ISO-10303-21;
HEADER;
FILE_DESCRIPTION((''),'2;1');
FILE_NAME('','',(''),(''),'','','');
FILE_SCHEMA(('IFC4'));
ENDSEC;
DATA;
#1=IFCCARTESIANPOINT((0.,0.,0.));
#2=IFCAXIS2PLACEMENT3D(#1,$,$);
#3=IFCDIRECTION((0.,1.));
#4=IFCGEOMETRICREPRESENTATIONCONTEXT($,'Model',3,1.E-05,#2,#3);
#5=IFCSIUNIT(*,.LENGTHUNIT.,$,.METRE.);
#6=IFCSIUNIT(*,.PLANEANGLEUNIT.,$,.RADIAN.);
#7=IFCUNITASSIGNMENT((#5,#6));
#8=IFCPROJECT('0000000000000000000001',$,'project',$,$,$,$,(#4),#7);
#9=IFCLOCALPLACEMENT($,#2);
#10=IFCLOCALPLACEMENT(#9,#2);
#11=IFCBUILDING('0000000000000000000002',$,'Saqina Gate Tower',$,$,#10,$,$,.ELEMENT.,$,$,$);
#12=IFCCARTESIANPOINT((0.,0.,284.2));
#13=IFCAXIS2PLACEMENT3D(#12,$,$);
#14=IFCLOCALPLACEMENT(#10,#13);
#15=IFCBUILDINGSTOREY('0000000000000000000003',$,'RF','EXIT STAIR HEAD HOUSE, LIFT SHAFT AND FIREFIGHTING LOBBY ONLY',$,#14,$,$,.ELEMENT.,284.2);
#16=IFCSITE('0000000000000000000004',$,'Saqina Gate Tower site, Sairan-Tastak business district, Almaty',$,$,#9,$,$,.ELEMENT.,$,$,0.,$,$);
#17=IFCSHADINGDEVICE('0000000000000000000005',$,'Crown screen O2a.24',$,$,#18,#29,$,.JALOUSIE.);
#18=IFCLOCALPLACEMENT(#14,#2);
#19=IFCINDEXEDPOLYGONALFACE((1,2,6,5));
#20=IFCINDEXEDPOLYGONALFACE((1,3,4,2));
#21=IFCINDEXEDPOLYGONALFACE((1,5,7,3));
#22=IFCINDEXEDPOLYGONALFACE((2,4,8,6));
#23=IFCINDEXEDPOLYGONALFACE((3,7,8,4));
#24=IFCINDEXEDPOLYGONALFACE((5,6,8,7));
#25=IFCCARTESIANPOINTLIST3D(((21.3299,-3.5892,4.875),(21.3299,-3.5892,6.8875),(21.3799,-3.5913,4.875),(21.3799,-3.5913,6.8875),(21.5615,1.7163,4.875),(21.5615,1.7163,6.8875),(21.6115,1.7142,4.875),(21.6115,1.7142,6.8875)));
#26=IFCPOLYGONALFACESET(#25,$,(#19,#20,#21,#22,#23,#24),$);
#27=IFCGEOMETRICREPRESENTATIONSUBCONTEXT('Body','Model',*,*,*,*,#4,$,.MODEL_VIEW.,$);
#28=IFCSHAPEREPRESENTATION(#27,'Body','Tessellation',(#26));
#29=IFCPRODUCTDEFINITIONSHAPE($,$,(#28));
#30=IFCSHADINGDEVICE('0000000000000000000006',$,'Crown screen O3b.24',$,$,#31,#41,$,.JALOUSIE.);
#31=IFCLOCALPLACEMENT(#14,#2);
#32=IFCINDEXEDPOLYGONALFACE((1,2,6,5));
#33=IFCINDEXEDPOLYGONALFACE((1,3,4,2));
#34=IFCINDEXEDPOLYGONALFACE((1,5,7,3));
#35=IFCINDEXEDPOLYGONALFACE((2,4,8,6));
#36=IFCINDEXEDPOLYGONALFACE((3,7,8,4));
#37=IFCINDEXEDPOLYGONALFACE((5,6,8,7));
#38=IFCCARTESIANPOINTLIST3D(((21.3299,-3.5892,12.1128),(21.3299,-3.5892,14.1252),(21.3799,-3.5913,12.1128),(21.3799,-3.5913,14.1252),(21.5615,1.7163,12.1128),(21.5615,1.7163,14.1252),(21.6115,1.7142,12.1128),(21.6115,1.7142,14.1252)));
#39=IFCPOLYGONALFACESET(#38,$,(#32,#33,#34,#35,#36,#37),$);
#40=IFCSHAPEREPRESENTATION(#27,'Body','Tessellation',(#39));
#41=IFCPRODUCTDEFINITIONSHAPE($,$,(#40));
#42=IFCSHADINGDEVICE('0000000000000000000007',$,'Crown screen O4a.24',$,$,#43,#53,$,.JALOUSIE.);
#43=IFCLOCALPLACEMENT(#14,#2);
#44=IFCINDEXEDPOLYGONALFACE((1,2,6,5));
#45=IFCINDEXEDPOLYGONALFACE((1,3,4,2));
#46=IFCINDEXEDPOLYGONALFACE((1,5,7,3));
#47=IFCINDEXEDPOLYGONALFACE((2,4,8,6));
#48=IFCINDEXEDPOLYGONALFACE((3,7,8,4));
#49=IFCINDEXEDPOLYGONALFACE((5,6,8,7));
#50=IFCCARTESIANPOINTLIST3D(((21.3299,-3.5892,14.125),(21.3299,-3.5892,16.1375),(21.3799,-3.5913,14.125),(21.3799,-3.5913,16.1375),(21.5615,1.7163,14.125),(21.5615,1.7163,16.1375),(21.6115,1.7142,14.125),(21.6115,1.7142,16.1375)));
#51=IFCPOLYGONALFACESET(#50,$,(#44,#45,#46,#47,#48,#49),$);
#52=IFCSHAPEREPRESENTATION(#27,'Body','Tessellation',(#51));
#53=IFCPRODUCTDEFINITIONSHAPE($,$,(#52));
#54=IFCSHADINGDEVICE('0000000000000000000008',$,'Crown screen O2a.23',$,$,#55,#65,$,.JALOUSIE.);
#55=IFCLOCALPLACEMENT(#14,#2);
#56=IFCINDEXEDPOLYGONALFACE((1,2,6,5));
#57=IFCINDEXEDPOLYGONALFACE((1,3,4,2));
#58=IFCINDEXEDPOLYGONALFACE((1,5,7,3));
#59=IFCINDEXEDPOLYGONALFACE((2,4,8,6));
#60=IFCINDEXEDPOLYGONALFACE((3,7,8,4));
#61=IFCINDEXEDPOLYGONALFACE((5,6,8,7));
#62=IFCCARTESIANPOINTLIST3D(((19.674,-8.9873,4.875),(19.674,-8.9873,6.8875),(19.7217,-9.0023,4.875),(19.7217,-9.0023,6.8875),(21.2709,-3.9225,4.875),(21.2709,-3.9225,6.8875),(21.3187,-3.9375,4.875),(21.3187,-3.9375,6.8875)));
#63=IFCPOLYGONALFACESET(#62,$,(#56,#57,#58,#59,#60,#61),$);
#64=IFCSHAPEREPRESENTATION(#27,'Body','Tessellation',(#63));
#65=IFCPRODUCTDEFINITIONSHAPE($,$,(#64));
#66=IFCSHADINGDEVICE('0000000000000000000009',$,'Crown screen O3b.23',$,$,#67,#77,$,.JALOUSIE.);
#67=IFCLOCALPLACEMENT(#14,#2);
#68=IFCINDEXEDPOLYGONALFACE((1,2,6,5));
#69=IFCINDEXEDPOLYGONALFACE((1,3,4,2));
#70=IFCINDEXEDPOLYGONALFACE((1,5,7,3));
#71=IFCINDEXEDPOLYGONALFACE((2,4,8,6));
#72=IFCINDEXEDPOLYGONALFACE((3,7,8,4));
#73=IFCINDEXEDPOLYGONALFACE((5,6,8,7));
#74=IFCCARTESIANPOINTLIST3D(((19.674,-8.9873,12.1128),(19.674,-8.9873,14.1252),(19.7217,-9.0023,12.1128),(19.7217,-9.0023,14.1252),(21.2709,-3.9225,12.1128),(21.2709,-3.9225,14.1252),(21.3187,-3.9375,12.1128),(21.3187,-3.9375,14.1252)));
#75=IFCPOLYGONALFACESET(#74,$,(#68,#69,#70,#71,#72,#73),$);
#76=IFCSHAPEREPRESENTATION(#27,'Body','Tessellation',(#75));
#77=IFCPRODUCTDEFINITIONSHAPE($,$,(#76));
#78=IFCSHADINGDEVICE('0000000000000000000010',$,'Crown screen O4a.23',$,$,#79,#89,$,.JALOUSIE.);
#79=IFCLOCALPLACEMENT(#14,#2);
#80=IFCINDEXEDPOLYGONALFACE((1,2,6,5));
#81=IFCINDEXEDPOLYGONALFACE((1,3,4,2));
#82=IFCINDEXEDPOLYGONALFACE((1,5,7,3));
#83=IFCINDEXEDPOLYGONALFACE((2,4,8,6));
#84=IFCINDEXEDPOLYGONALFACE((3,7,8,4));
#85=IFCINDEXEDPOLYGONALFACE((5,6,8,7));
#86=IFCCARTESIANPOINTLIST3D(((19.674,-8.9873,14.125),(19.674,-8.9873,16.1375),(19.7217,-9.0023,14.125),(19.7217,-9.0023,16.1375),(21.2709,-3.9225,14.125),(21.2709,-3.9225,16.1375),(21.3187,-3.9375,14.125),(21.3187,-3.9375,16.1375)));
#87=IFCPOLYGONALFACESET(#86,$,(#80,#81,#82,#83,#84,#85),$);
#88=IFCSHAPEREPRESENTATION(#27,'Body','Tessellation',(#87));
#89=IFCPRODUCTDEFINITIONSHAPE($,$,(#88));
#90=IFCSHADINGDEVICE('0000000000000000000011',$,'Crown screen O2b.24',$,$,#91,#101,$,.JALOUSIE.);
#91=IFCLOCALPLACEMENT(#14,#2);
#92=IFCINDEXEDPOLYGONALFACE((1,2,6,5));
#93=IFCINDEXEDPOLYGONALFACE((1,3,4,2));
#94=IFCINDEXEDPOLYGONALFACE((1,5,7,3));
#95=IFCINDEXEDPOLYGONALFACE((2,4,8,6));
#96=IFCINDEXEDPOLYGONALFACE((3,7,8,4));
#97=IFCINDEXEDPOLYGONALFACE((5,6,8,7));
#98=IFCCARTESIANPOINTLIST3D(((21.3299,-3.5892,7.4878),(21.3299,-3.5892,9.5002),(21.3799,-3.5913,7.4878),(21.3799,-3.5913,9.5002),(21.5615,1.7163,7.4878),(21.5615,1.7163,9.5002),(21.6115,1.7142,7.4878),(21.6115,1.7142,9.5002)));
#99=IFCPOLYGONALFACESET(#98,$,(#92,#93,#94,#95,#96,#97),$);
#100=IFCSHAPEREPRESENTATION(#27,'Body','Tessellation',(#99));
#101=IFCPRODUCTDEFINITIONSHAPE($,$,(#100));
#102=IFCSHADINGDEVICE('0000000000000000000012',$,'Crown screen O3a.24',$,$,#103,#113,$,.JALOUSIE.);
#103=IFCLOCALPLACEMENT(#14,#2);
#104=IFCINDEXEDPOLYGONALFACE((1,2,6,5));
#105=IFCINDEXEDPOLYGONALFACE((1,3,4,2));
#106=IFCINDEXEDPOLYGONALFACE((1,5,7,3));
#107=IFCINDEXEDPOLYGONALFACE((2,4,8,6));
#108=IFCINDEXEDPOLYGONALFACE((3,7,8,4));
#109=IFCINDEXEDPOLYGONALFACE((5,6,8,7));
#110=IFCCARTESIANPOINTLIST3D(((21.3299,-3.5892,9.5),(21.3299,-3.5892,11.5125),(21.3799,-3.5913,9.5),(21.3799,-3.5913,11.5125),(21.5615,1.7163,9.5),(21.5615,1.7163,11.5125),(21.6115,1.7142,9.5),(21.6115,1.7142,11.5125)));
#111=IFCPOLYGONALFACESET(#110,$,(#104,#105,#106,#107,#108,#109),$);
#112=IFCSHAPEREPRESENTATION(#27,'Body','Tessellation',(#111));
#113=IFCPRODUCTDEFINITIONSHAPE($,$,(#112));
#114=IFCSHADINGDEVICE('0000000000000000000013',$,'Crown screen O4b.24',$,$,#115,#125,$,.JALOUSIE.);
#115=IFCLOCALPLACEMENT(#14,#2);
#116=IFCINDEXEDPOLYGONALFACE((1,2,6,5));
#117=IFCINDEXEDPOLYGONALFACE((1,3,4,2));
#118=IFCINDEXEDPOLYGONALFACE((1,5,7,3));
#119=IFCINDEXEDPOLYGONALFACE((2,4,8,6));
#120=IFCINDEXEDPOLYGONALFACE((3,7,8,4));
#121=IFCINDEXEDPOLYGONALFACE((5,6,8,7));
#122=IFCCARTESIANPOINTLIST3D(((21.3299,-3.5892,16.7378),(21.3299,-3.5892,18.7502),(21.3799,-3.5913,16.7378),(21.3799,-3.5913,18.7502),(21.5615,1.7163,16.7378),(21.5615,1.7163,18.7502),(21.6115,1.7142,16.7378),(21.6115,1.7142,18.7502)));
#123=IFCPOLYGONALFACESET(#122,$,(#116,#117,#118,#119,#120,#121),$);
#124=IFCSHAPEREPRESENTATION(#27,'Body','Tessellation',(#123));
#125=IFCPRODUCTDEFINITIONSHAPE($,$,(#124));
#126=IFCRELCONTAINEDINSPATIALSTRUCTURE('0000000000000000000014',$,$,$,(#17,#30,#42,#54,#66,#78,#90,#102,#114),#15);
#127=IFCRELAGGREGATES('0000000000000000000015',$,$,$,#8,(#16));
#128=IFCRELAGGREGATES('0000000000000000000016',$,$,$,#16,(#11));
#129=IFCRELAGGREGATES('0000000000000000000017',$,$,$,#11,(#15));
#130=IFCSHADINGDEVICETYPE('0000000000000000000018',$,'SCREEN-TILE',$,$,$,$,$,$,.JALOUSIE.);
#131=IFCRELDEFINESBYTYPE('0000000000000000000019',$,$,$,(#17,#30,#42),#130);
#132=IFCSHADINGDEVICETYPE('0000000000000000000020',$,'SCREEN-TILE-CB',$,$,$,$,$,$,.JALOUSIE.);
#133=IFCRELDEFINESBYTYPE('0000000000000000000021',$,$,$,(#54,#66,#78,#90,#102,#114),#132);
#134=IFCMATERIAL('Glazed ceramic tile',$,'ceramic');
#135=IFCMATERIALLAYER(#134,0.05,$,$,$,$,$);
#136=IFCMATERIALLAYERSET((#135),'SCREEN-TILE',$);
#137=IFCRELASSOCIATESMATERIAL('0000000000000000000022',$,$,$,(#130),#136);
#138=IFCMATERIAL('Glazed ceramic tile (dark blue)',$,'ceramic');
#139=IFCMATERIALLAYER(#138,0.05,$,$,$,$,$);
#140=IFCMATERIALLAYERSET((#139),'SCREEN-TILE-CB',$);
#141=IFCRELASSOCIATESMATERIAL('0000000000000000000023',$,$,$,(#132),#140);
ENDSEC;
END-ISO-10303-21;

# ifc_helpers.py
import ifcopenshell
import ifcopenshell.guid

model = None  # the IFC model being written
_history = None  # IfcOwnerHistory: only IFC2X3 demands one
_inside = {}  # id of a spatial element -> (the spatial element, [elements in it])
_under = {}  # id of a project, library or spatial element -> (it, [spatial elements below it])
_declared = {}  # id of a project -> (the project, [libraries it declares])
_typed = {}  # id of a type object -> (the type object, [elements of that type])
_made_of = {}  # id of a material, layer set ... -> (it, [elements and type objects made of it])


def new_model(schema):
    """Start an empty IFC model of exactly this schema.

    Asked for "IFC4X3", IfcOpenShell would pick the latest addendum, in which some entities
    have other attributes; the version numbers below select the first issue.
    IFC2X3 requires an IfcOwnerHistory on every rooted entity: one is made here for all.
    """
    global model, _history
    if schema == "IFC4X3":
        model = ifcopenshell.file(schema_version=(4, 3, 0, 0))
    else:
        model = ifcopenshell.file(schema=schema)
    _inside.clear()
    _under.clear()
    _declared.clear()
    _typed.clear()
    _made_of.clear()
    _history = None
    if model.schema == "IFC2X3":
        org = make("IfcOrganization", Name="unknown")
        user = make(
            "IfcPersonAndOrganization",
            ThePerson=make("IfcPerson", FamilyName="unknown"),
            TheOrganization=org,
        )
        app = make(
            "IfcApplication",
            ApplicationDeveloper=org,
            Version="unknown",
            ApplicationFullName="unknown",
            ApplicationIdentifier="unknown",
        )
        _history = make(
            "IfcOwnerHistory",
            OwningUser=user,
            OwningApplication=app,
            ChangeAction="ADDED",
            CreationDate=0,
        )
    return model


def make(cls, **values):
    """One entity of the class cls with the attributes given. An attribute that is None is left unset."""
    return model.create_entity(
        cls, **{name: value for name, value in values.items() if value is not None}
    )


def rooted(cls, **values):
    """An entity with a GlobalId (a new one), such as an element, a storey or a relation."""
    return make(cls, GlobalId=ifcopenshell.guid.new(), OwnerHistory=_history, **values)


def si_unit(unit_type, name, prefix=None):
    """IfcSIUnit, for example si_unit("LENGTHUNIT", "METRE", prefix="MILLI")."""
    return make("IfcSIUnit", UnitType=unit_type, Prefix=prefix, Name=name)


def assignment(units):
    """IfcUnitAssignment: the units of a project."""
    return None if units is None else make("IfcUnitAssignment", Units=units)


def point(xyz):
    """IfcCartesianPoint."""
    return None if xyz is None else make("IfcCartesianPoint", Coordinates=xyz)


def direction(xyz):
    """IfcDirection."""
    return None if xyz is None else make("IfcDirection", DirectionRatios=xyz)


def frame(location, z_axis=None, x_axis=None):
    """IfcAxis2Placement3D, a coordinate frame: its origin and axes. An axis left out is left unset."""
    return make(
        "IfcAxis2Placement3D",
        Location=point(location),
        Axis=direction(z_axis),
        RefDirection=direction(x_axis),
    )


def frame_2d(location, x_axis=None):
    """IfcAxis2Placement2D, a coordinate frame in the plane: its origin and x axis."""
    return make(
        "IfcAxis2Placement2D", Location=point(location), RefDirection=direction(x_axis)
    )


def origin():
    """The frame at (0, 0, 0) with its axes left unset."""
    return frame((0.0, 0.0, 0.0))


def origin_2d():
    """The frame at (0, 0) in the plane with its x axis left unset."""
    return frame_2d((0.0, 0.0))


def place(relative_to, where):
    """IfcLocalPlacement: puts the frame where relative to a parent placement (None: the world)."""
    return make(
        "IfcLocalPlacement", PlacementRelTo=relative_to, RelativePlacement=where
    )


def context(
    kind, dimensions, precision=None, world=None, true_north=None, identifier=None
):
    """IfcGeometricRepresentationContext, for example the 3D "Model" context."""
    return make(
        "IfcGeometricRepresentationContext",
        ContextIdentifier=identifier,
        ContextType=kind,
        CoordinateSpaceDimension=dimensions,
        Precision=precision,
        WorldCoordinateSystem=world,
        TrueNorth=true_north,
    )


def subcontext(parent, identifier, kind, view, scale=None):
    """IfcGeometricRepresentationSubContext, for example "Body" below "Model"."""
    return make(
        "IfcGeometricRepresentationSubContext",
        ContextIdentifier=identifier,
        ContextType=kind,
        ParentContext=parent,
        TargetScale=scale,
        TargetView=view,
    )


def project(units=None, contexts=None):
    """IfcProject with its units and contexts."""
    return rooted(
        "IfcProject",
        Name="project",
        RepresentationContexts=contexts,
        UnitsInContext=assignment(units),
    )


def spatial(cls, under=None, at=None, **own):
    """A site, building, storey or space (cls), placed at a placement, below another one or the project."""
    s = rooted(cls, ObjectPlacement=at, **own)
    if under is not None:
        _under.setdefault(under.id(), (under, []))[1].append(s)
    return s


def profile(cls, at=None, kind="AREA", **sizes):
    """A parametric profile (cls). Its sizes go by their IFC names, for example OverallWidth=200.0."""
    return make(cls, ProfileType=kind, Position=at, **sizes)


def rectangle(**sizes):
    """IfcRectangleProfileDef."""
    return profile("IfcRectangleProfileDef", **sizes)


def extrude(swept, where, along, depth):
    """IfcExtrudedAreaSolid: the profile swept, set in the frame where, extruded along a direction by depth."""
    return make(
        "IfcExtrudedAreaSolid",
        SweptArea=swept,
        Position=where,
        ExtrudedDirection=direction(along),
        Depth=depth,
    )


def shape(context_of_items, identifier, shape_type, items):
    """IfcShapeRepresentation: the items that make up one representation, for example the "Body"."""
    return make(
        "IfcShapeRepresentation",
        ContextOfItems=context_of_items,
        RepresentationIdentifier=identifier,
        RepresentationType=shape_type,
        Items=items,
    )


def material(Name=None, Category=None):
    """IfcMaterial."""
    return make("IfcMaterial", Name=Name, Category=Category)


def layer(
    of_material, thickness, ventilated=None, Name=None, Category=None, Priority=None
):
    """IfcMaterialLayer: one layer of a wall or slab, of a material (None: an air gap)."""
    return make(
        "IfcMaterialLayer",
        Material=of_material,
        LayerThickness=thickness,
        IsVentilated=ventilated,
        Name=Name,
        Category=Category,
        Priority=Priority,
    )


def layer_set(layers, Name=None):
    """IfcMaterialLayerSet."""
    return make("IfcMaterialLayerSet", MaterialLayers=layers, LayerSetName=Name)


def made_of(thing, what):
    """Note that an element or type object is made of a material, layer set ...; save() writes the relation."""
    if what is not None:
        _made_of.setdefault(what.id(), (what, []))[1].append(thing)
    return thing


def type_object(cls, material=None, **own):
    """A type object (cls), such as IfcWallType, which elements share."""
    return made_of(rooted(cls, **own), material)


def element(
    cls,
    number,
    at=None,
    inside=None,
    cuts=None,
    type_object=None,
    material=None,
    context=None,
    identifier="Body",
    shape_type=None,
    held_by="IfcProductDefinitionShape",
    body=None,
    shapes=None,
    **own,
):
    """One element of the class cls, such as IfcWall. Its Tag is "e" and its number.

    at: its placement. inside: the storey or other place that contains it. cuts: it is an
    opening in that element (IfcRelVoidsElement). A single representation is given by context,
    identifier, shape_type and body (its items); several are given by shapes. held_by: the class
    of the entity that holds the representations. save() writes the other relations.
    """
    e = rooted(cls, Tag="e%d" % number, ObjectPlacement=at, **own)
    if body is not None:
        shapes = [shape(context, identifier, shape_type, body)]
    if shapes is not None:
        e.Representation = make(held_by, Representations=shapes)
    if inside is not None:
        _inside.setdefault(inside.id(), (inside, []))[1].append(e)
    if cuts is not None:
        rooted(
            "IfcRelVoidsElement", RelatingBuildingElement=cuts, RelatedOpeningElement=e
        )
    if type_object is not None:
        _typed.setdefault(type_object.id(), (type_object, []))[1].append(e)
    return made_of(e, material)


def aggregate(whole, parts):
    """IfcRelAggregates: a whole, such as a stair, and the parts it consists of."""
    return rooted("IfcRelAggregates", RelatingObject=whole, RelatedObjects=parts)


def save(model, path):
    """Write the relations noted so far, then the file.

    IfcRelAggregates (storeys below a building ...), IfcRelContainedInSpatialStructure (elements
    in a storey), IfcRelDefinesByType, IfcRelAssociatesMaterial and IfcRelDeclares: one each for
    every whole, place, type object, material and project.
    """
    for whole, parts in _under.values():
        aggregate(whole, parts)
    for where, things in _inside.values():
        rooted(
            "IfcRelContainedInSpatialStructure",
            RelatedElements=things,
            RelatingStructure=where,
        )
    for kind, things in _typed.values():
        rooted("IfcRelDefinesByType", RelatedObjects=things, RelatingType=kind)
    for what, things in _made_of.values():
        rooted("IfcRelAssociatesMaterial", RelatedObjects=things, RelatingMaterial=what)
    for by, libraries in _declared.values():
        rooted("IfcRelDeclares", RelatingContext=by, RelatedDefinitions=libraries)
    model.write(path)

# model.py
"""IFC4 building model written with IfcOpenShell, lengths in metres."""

from ifc_helpers import new_model, si_unit, direction, frame, origin, origin_2d, place, context, subcontext, project, spatial, rectangle, extrude, material, layer, layer_set, type_object, element, save


model = new_model("IFC4")

# Units and contexts
model_context = context("Model", 3, precision=1e-05, world=origin(), true_north=direction((0.0, 1.0)))
body_context = subcontext(model_context, "Body", "Model", "MODEL_VIEW")
ifc_project = project(units=[si_unit("LENGTHUNIT", "METRE"), si_unit("PLANEANGLEUNIT", "RADIAN")], contexts=[model_context])

# Site, building, storey
site_placement = place(None, origin())
site = spatial("IfcSite", under=ifc_project, at=site_placement, Name="Saqina Gate Tower site, Sairan-Tastak business district, Almaty", CompositionType="ELEMENT", RefElevation=0.0)
building_placement = place(site_placement, origin())
building = spatial("IfcBuilding", under=site, at=building_placement, Name="Saqina Gate Tower", CompositionType="ELEMENT")
storey_placement = place(building_placement, frame((0.0, 0.0, 284.2)))
storey = spatial("IfcBuildingStorey", under=building, at=storey_placement, Name="RF", Description="EXIT STAIR HEAD HOUSE, LIFT SHAFT AND FIREFIGHTING LOBBY ONLY", CompositionType="ELEMENT", Elevation=284.2)

# Shading devices
ifc_material_1 = material(Name="Glazed ceramic tile", Category="ceramic")
ifc_layer_1 = layer(ifc_material_1, 0.05)
ifc_layer_set_1 = layer_set([ifc_layer_1], Name="SCREEN-TILE")
shading_device_type_1 = type_object("IfcShadingDeviceType", Name="SCREEN-TILE", PredefinedType="JALOUSIE", material=ifc_layer_set_1)
for number, where, z_axis, x_axis, name in (
    (1, (21.4707, -0.9375, 4.875), (0.0, 0.0, 1.0), (0.043619, 0.999048, 0.0), "Crown screen O2a.24"),
    (2, (21.4707, -0.9375, 12.1128), (0.0, 0.0, 1.0), (0.043619, 0.999048, 0.0), "Crown screen O3b.24"),
    (3, (21.4707, -0.9375, 14.125), (0.0, 0.0, 1.0), (0.043619, 0.999048, 0.0), "Crown screen O4a.24"),
):
    element("IfcShadingDevice", number, at=place(storey_placement, frame(where, z_axis=z_axis, x_axis=x_axis)), inside=storey, type_object=shading_device_type_1, Name=name, PredefinedType="JALOUSIE", context=body_context, shape_type="SweptSolid", body=[
        extrude(rectangle(XDim=5.3105, YDim=0.05, at=origin_2d()), origin(), (0.0, 0.0, 1.0), 2.0125),
    ])
ifc_material_2 = material(Name="Glazed ceramic tile (dark blue)", Category="ceramic")
ifc_layer_2 = layer(ifc_material_2, 0.05)
ifc_layer_set_2 = layer_set([ifc_layer_2], Name="SCREEN-TILE-CB")
shading_device_type_2 = type_object("IfcShadingDeviceType", Name="SCREEN-TILE-CB", PredefinedType="JALOUSIE", material=ifc_layer_set_2)
for number, where, z_axis, x_axis, name in (
    (4, (20.4963, -6.4624, 4.875), (0.0, 0.0, 1.0), (0.300706, 0.953717, 0.0), "Crown screen O2a.23"),
    (5, (20.4963, -6.4624, 12.1128), (0.0, 0.0, 1.0), (0.300706, 0.953717, 0.0), "Crown screen O3b.23"),
    (6, (20.4963, -6.4624, 14.125), (0.0, 0.0, 1.0), (0.300706, 0.953717, 0.0), "Crown screen O4a.23"),
    (7, (21.4707, -0.9375, 7.4878), (0.0, 0.0, 1.0), (0.043619, 0.999048, 0.0), "Crown screen O2b.24"),
    (8, (21.4707, -0.9375, 9.5), (0.0, 0.0, 1.0), (0.043619, 0.999048, 0.0), "Crown screen O3a.24"),
    (9, (21.4707, -0.9375, 16.7378), (0.0, 0.0, 1.0), (0.043619, 0.999048, 0.0), "Crown screen O4b.24"),
):
    element("IfcShadingDevice", number, at=place(storey_placement, frame(where, z_axis=z_axis, x_axis=x_axis)), inside=storey, type_object=shading_device_type_2, Name=name, PredefinedType="JALOUSIE", context=body_context, shape_type="SweptSolid", body=[
        extrude(rectangle(XDim=5.3105, YDim=0.05, at=origin_2d()), origin(), (0.0, 0.0, 1.0), 2.0125),
    ])

save(model, "model.ifc")
